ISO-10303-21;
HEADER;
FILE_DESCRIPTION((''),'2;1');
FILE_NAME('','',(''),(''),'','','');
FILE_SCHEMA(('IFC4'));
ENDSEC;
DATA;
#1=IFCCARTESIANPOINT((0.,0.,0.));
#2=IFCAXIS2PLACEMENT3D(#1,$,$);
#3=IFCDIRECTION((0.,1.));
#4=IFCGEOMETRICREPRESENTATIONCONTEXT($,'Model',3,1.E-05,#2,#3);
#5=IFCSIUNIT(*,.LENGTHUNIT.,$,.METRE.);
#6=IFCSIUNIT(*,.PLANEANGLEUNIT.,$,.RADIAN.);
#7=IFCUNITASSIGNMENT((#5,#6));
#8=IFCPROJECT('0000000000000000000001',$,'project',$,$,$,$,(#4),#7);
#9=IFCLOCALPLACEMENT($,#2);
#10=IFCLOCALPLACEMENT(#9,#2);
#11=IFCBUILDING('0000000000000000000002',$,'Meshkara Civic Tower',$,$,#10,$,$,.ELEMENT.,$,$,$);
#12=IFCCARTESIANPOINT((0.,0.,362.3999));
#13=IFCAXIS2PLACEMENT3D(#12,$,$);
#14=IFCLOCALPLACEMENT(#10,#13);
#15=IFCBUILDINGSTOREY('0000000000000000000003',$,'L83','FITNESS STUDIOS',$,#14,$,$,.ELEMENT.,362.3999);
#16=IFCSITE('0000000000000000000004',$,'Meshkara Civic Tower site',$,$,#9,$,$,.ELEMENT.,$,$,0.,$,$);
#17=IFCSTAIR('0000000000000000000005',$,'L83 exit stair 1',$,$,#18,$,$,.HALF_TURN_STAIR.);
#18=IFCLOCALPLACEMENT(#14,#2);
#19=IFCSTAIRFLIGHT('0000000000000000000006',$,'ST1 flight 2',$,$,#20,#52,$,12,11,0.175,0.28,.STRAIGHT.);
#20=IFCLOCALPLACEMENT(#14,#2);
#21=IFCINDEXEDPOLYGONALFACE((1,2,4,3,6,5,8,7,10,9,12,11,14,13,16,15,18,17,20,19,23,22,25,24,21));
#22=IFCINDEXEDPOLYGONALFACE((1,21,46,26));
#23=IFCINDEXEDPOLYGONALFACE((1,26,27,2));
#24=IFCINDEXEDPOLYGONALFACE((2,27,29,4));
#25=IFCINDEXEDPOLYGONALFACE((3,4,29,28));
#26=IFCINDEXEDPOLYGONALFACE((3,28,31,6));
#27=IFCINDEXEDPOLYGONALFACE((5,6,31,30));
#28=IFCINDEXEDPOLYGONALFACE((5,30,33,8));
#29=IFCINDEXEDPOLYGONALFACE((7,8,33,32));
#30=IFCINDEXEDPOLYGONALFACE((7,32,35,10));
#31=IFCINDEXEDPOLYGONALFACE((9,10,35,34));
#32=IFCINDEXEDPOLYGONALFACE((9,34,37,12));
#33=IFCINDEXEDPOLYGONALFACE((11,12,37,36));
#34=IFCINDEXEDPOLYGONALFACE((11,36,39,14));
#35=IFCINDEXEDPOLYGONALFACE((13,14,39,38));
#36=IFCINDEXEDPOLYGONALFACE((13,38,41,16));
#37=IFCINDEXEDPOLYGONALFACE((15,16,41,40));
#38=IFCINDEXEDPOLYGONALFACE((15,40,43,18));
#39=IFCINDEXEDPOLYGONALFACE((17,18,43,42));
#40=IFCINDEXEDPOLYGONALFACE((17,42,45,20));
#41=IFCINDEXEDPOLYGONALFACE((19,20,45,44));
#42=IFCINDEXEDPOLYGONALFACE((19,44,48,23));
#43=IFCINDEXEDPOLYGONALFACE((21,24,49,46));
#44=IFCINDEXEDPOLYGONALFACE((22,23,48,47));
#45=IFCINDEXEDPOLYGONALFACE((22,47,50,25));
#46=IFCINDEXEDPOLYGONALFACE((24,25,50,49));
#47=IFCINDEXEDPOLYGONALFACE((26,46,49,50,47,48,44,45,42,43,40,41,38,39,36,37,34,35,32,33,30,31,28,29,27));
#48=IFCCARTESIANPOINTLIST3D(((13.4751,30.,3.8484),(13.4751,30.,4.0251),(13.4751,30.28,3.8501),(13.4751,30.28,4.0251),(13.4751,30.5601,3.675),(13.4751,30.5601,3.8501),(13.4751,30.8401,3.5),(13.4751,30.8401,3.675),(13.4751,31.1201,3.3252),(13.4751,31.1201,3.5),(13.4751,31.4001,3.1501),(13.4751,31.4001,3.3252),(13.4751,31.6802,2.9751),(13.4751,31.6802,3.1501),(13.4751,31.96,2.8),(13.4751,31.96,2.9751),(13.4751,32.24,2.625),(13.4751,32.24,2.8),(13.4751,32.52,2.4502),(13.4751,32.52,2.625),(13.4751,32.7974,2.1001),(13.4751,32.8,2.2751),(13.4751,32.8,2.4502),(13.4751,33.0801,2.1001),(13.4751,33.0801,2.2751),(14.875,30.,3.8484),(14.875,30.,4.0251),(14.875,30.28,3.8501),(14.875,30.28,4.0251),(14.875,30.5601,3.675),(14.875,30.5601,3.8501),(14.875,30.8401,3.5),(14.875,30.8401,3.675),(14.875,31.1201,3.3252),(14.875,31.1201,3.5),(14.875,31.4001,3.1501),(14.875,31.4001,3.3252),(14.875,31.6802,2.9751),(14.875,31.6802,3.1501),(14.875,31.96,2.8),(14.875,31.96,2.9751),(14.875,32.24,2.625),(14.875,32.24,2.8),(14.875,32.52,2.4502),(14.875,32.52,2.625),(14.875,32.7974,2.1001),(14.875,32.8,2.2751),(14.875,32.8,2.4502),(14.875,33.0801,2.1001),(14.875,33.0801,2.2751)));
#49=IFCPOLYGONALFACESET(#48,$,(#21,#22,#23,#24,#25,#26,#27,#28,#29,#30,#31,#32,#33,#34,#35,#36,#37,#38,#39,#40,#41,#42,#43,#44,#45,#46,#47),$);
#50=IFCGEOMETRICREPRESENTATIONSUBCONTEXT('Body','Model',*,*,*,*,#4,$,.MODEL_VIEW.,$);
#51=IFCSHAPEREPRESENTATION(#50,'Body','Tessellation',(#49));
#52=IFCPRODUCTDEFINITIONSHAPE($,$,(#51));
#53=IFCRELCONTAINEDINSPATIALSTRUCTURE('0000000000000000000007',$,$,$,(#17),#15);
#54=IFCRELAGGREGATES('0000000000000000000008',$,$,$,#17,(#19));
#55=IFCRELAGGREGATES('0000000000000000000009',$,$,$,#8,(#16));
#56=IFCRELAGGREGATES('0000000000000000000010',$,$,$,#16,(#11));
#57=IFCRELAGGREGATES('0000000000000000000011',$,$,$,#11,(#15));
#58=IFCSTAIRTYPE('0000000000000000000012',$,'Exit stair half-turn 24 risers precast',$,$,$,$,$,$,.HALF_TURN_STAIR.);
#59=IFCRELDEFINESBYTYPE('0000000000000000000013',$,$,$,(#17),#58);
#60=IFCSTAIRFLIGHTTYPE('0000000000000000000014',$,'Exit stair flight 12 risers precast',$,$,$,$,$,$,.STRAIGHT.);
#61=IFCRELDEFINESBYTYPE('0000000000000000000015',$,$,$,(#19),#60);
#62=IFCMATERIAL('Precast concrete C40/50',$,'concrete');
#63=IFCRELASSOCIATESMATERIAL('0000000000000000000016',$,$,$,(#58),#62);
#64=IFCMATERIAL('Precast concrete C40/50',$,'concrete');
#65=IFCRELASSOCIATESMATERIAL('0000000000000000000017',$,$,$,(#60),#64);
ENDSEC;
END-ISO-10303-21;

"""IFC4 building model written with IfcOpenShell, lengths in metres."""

from ifc_helpers import new_model, si_unit, direction, frame, origin, place, context, subcontext, project, spatial, polyline, outline, extrude, material, type_object, element, aggregate, save


model = new_model("IFC4")

# Units and contexts
model_context = context("Model", 3, precision=1e-05, world=origin(), true_north=direction((0.0, 1.0)))
body_context = subcontext(model_context, "Body", "Model", "MODEL_VIEW")
ifc_project = project(units=[si_unit("LENGTHUNIT", "METRE"), si_unit("PLANEANGLEUNIT", "RADIAN")], contexts=[model_context])

# Site, building, storey
site_placement = place(None, origin())
site = spatial("IfcSite", under=ifc_project, at=site_placement, Name="Meshkara Civic Tower site", CompositionType="ELEMENT", RefElevation=0.0)
building_placement = place(site_placement, origin())
building = spatial("IfcBuilding", under=site, at=building_placement, Name="Meshkara Civic Tower", CompositionType="ELEMENT")
storey_placement = place(building_placement, frame((0.0, 0.0, 362.3999)))
storey = spatial("IfcBuildingStorey", under=building, at=storey_placement, Name="L83", Description="FITNESS STUDIOS", CompositionType="ELEMENT", Elevation=362.3999)

# Stair, stair flight
ifc_material_1 = material(Name="Precast concrete C40/50", Category="concrete")
stair_type = type_object("IfcStairType", Name="Exit stair half-turn 24 risers precast", PredefinedType="HALF_TURN_STAIR", material=ifc_material_1)
stair_placement = place(storey_placement, origin())
stair = element("IfcStair", 1, at=stair_placement, inside=storey, type_object=stair_type, Name="L83 exit stair 1", PredefinedType="HALF_TURN_STAIR")
ifc_material_2 = material(Name="Precast concrete C40/50", Category="concrete")
stair_flight_type = type_object("IfcStairFlightType", Name="Exit stair flight 12 risers precast", PredefinedType="STRAIGHT", material=ifc_material_2)
stair_flight_placement = place(storey_placement, frame((14.175, 33.0801, 2.1001), z_axis=(0.0, 0.0, 1.0), x_axis=(0.0, -1.0, 0.0)))
stair_flight = element("IfcStairFlight", 2, at=stair_flight_placement, type_object=stair_flight_type, Name="ST1 flight 2", NumberOfRisers=12, NumberOfTreads=11, PredefinedType="STRAIGHT", RiserHeight=0.175, TreadLength=0.28, context=body_context, shape_type="SweptSolid", body=[
    extrude(outline(polyline([(0.0, 0.0), (0.0, 0.175), (0.28, 0.175), (0.28, 0.3501), (0.5601, 0.3501), (0.5601, 0.5249), (0.8401, 0.5249), (0.8401, 0.7), (1.1201, 0.7), (1.1201, 0.875), (1.3999, 0.875), (1.3999, 1.05), (1.6799, 1.05), (1.6799, 1.2251), (1.96, 1.2251), (1.96, 1.3999), (2.24, 1.3999), (2.24, 1.575), (2.52, 1.575), (2.52, 1.75), (2.8, 1.75), (2.8, 1.925), (3.0801, 1.925), (3.0801, 2.1001), (3.0801, 1.7483), (0.2827, 0.0), (0.0, 0.0)])), frame((0.0, 0.7, 0.0), z_axis=(0.0, -1.0, 0.0), x_axis=(1.0, 0.0, 0.0)), (0.0, 0.0, 1.0), 1.3999),
])
aggregate(stair, [stair_flight])

save(model, "model.ifc")
